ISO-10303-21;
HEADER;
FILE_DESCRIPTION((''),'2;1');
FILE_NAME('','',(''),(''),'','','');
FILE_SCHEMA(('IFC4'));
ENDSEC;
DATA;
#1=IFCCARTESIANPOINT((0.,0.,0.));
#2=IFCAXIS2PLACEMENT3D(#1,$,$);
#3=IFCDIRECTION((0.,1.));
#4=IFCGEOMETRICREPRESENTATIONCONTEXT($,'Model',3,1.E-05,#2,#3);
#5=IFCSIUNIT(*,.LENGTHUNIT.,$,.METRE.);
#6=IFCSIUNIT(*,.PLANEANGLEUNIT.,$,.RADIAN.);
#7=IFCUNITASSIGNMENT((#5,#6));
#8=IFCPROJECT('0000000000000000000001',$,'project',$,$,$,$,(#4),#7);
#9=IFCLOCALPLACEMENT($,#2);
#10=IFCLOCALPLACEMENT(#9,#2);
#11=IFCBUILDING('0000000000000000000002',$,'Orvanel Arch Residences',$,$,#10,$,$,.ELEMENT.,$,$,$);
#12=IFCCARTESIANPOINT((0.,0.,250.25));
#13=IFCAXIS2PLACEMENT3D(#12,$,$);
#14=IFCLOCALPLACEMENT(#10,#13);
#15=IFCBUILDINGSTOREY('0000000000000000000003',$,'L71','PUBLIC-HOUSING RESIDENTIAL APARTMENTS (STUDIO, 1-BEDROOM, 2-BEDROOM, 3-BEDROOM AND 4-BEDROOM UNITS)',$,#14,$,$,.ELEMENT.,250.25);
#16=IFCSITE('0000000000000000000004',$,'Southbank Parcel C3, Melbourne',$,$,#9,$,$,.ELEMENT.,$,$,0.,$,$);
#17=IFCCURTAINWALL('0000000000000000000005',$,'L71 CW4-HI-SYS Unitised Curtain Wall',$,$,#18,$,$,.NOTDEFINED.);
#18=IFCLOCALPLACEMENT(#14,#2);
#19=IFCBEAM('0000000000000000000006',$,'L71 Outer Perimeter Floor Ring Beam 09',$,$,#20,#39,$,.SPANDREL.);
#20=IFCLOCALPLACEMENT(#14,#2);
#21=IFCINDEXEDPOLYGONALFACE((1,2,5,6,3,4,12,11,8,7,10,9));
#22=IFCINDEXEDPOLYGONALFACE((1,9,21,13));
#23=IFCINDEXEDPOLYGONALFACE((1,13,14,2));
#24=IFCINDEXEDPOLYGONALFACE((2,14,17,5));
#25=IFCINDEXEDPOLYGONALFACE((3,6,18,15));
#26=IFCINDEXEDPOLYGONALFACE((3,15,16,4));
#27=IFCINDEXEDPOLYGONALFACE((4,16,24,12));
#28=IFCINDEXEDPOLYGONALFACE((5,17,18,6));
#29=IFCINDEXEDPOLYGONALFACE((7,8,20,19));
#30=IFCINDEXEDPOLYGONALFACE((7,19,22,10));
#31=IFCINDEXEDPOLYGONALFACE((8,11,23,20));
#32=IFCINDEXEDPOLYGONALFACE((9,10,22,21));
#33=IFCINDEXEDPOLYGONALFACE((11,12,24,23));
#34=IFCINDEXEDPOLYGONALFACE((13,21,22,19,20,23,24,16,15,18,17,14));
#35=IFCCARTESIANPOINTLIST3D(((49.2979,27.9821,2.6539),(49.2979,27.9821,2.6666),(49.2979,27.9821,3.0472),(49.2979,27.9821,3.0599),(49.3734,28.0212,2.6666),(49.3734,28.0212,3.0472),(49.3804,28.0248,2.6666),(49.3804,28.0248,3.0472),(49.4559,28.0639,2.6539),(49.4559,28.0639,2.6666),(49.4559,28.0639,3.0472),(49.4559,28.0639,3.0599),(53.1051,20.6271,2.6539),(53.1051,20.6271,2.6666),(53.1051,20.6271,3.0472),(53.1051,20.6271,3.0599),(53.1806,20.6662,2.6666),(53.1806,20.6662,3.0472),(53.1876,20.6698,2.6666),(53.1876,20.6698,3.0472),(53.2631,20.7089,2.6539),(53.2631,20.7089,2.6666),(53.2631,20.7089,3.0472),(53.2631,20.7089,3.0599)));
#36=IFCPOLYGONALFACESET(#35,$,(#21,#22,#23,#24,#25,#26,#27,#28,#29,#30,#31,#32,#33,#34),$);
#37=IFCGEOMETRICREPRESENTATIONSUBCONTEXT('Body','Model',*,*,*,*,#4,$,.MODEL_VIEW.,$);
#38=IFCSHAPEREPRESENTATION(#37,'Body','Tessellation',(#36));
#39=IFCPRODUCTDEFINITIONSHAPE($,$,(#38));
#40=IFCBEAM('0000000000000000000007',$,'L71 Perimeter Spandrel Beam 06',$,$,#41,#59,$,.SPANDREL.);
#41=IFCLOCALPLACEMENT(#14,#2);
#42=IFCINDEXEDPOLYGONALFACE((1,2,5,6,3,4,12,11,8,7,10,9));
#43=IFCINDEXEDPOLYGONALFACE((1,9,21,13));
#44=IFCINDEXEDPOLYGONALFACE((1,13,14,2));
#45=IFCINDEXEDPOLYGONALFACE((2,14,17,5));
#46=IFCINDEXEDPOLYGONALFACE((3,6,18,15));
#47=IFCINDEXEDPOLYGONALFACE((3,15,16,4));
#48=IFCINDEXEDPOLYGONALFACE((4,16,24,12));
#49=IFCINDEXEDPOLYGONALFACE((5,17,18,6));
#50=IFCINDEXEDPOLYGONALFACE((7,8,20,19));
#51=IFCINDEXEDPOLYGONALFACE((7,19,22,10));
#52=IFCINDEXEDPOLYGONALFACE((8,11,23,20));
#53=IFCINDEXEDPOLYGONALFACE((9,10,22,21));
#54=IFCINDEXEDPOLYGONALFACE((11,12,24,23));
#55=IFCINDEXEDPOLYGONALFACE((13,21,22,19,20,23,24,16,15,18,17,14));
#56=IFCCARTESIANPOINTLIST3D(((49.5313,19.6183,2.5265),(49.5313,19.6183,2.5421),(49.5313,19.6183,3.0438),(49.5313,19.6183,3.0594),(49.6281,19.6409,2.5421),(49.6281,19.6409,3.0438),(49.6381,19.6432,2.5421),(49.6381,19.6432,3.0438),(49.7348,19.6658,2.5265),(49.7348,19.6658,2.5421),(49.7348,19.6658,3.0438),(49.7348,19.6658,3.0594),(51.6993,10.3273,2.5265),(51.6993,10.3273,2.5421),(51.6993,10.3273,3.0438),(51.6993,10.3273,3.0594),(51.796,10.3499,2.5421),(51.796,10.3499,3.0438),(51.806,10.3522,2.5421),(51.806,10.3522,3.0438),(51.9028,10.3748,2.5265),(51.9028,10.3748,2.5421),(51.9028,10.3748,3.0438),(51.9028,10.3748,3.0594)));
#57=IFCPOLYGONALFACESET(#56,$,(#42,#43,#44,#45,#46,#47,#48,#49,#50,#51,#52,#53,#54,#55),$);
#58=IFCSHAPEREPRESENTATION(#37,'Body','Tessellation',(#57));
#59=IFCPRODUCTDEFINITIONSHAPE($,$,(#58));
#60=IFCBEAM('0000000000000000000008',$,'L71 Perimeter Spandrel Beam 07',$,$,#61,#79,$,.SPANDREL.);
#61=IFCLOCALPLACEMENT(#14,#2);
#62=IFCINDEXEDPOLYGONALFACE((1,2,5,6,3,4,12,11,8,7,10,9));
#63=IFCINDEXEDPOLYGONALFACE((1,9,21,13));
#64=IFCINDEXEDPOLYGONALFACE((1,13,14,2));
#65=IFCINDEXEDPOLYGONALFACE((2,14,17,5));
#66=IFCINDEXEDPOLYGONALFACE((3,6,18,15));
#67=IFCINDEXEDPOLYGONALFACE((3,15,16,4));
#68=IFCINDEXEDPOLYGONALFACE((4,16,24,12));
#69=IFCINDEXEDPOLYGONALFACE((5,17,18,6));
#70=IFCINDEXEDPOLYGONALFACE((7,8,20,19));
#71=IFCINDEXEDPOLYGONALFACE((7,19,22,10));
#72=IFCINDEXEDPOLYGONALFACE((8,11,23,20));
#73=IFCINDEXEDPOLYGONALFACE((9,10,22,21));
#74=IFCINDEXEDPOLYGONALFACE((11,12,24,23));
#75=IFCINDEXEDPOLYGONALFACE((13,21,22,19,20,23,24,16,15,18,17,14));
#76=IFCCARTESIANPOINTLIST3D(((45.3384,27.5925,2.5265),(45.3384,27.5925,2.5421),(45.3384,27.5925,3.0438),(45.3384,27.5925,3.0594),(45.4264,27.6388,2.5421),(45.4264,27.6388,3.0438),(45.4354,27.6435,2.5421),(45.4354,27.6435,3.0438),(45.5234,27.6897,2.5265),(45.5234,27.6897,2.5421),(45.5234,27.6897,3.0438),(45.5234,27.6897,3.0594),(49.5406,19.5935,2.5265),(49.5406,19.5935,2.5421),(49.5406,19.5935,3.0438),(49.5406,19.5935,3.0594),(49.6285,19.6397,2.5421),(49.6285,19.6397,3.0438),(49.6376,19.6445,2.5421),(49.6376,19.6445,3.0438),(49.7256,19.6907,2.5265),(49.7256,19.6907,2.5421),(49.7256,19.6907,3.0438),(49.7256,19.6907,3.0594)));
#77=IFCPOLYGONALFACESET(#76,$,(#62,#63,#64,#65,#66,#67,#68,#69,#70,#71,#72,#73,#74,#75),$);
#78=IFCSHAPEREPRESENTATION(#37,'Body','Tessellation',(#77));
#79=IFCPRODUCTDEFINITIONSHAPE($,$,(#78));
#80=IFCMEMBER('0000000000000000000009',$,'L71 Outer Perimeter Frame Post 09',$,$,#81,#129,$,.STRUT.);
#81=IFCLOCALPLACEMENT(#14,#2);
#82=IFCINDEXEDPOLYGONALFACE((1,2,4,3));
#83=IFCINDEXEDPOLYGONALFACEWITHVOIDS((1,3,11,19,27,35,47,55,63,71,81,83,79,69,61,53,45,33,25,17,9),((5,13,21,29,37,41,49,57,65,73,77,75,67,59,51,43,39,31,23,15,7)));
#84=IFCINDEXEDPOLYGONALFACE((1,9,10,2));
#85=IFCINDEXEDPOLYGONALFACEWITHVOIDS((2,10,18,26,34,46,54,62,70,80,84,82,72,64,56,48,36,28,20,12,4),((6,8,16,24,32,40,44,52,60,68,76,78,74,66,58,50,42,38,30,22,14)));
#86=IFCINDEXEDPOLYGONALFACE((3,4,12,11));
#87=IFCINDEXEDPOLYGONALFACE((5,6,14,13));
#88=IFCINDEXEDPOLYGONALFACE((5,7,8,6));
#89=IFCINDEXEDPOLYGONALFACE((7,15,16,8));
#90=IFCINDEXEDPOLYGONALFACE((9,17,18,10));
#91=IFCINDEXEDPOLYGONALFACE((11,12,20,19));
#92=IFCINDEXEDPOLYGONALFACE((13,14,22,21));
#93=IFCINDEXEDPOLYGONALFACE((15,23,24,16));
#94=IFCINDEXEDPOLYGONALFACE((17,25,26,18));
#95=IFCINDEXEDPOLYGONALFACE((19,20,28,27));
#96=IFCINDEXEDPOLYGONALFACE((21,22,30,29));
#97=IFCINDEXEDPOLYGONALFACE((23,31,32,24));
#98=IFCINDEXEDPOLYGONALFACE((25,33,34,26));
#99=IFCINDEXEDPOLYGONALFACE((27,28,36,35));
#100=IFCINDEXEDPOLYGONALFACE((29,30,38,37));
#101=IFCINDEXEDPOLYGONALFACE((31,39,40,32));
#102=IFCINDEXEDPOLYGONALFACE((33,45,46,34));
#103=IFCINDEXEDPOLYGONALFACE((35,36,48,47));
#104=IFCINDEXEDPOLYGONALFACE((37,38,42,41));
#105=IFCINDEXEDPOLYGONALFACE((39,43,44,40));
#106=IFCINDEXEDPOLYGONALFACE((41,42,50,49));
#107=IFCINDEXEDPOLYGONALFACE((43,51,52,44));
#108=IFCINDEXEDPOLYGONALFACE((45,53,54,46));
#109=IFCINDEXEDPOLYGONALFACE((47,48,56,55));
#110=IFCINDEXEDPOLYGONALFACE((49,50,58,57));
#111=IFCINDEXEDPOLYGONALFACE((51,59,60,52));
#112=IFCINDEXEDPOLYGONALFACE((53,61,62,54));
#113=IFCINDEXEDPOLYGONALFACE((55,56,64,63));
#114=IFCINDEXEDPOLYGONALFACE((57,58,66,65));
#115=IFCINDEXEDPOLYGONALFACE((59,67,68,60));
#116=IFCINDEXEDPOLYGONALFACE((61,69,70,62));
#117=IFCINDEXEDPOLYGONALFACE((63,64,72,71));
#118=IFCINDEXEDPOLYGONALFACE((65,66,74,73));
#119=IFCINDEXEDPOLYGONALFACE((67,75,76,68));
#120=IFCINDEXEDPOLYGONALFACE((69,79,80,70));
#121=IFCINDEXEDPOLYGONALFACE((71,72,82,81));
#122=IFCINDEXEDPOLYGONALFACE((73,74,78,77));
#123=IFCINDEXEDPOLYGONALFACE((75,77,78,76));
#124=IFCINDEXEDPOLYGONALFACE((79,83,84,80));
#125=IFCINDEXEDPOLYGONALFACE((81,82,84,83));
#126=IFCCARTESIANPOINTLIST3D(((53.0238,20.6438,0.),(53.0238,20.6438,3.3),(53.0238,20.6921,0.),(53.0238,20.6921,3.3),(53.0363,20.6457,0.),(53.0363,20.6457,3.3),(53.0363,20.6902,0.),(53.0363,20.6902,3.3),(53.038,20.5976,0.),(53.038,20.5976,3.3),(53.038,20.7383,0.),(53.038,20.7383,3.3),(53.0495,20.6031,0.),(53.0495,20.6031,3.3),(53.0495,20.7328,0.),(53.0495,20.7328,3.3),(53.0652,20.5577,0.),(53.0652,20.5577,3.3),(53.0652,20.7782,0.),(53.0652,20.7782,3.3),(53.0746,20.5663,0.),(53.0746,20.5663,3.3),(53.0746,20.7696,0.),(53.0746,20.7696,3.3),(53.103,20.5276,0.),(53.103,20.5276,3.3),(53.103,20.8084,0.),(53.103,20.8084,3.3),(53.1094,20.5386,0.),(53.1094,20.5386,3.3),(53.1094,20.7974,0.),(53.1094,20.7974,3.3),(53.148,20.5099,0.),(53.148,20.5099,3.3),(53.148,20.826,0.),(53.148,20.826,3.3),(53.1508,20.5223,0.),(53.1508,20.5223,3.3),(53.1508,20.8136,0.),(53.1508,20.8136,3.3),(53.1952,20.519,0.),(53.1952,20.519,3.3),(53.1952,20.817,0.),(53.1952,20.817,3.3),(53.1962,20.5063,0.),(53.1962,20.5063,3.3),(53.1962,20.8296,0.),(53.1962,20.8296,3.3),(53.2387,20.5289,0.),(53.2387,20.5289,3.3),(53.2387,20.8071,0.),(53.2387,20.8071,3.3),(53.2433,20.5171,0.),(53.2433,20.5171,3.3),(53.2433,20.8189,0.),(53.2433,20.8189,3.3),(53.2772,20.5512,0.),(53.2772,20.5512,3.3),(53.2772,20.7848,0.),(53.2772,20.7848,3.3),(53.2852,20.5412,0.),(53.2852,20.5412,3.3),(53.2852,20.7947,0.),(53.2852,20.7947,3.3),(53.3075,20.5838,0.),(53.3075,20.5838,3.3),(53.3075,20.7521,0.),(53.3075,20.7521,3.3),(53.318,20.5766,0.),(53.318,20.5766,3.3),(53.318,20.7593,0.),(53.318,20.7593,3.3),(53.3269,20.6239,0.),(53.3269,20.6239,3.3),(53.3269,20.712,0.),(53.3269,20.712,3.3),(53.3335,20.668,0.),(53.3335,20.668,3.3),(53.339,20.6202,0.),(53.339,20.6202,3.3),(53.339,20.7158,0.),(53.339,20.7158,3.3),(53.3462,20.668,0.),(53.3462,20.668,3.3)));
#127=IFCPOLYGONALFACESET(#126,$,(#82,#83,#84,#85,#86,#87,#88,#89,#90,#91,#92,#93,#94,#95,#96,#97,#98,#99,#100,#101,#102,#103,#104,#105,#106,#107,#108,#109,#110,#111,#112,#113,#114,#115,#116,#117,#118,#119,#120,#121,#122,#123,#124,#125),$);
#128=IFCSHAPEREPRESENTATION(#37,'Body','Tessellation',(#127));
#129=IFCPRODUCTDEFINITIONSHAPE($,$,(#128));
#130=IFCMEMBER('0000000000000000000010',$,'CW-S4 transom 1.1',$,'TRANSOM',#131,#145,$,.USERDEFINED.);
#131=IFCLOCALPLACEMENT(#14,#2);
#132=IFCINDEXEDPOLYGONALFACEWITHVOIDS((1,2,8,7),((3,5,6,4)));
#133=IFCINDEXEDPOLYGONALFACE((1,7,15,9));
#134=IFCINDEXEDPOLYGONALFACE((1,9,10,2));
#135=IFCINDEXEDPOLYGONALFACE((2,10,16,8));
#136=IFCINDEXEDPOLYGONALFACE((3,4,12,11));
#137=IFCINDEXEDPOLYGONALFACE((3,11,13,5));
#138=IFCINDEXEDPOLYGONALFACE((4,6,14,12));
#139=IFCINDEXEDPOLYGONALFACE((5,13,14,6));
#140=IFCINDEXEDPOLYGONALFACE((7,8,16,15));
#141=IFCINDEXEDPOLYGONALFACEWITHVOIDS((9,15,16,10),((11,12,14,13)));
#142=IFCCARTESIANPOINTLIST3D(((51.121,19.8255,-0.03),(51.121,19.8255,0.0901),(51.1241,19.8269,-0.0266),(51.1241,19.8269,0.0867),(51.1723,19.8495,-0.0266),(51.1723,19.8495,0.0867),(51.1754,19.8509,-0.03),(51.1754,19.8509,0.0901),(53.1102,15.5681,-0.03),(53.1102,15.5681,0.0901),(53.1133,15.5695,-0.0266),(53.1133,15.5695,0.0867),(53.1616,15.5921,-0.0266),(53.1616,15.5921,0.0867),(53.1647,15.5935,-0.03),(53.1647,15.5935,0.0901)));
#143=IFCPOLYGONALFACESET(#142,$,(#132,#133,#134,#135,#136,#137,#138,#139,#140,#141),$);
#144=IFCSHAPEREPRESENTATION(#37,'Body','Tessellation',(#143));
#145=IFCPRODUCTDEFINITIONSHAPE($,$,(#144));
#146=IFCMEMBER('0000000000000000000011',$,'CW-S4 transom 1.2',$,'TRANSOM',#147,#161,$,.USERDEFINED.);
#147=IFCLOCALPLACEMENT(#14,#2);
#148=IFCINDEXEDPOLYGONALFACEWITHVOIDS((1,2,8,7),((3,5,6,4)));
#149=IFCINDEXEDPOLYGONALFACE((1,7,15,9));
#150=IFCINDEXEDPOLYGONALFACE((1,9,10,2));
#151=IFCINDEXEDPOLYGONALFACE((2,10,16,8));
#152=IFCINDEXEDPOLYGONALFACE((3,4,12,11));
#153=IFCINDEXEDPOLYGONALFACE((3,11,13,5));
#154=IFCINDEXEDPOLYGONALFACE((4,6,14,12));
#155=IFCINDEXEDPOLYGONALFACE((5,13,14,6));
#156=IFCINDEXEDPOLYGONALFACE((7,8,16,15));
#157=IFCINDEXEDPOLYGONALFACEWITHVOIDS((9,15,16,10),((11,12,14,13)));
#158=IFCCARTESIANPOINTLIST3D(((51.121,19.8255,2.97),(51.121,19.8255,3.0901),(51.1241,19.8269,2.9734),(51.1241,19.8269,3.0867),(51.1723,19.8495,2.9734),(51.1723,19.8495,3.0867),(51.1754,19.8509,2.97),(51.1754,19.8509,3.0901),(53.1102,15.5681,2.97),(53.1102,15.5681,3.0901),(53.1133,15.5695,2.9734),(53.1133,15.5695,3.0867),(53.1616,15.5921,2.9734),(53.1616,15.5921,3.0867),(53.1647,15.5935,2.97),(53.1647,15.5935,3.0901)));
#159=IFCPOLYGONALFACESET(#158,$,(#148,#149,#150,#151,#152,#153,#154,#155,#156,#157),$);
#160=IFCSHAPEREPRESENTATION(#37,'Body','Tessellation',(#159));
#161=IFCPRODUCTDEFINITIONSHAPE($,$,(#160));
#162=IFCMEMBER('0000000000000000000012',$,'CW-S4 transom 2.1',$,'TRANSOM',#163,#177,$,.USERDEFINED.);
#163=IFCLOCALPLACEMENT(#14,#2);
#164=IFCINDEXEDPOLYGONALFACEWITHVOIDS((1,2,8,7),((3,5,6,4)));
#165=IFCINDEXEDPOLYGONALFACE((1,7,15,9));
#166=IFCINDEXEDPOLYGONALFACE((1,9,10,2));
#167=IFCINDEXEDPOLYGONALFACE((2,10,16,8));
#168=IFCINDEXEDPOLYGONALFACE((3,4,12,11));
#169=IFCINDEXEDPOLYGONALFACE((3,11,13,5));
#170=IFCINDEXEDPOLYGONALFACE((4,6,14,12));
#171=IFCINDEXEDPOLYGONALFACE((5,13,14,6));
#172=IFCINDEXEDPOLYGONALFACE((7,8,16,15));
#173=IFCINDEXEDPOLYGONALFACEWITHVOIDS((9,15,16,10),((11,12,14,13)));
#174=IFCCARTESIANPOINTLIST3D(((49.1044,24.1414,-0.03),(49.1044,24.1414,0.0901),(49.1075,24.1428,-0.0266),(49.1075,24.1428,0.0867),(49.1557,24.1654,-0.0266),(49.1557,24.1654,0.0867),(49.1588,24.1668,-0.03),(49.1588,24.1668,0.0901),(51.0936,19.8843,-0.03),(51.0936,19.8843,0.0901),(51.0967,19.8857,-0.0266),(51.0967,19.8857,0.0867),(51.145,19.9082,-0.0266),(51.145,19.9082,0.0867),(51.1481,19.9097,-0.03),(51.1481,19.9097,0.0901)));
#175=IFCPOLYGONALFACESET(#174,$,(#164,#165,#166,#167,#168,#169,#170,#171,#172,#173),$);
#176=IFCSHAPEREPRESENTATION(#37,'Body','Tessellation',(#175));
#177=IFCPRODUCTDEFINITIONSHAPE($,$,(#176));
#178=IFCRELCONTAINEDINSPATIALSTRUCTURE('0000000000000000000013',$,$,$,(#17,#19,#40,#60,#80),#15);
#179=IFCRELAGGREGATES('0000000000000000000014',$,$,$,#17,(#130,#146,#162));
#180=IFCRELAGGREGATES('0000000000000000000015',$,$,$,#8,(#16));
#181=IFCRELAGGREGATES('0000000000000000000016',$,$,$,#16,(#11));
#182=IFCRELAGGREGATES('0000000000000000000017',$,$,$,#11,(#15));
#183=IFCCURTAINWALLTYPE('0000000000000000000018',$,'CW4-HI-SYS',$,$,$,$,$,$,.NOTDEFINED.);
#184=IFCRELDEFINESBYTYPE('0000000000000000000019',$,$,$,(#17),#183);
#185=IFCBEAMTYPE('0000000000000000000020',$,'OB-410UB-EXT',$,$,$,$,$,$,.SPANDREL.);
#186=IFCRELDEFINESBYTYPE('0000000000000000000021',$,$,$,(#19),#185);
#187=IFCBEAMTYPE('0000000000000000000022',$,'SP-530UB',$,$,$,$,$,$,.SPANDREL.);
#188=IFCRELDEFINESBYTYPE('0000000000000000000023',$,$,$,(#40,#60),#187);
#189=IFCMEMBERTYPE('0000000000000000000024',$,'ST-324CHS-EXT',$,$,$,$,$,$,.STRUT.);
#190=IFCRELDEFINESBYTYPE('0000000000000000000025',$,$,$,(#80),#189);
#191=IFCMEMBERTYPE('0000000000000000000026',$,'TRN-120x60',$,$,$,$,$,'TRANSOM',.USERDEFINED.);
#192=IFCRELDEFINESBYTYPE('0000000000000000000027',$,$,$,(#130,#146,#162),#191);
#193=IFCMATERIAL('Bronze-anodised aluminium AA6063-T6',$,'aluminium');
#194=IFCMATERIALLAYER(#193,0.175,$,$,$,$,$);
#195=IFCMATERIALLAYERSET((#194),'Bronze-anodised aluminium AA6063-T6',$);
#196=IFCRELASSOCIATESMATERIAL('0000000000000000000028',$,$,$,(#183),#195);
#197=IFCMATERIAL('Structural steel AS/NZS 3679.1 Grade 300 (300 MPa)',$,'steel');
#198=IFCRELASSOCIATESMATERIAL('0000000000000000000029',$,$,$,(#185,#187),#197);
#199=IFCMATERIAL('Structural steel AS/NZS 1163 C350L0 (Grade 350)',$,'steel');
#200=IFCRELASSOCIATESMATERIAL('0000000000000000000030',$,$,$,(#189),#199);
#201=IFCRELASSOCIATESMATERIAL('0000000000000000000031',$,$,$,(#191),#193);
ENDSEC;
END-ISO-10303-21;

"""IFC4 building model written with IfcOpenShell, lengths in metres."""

from ifc_helpers import new_model, si_unit, direction, frame, origin, origin_2d, place, context, subcontext, project, spatial, hollow_rectangle, hollow_circle, i_section, extrude, material, layer, layer_set, material_profile, profile_set, type_object, element, aggregate, save


model = new_model("IFC4")

# Units and contexts
model_context = context("Model", 3, precision=1e-05, world=origin(), true_north=direction((0.0, 1.0)))
body_context = subcontext(model_context, "Body", "Model", "MODEL_VIEW")
ifc_project = project(units=[si_unit("LENGTHUNIT", "METRE"), si_unit("PLANEANGLEUNIT", "RADIAN")], contexts=[model_context])

# Site, building, storey
site_placement = place(None, origin())
site = spatial("IfcSite", under=ifc_project, at=site_placement, Name="Southbank Parcel C3, Melbourne", CompositionType="ELEMENT", RefElevation=0.0)
building_placement = place(site_placement, origin())
building = spatial("IfcBuilding", under=site, at=building_placement, Name="Orvanel Arch Residences", CompositionType="ELEMENT")
storey_placement = place(building_placement, frame((0.0, 0.0, 250.25)))
storey = spatial("IfcBuildingStorey", under=building, at=storey_placement, Name="L71", Description="PUBLIC-HOUSING RESIDENTIAL APARTMENTS (STUDIO, 1-BEDROOM, 2-BEDROOM, 3-BEDROOM AND 4-BEDROOM UNITS)", CompositionType="ELEMENT", Elevation=250.25)

# Shared definitions
ifc_material_1 = material(Name="Bronze-anodised aluminium AA6063-T6", Category="aluminium")

# Shared definitions
ifc_layer_1 = layer(ifc_material_1, 0.175)
ifc_layer_set_1 = layer_set([ifc_layer_1], Name="Bronze-anodised aluminium AA6063-T6")
curtain_wall_type_1 = type_object("IfcCurtainWallType", Name="CW4-HI-SYS", PredefinedType="NOTDEFINED", material=ifc_layer_set_1)

# Curtain wall
curtain_wall_1_placement = place(storey_placement, origin())
curtain_wall_1 = element("IfcCurtainWall", 1, at=curtain_wall_1_placement, inside=storey, type_object=curtain_wall_type_1, Name="L71 CW4-HI-SYS Unitised Curtain Wall", PredefinedType="NOTDEFINED")

# Beams
ifc_material_2 = material(Name="Structural steel AS/NZS 3679.1 Grade 300 (300 MPa)", Category="steel")
ifc_material_profile_1 = material_profile(ifc_material_2, i_section(OverallWidth=0.178, OverallDepth=0.406, WebThickness=0.0078, FlangeThickness=0.0127, at=origin_2d()), Name="410UB59.7")
ifc_profile_set_1 = profile_set([ifc_material_profile_1], Name="Structural steel AS/NZS 3679.1 Grade 300 (300 MPa)")
beam_type_1 = type_object("IfcBeamType", Name="OB-410UB-EXT", PredefinedType="SPANDREL", material=ifc_profile_set_1)
beam_1_placement = place(storey_placement, frame((53.1841, 20.668, 2.8569), z_axis=(-0.459692, 0.888078, 0.0), x_axis=(-0.888078, -0.459692, 0.0)))
element("IfcBeam", 2, at=beam_1_placement, inside=storey, type_object=beam_type_1, Name="L71 Outer Perimeter Floor Ring Beam 09", PredefinedType="SPANDREL", context=body_context, shape_type="SweptSolid", body=[
    extrude(i_section(OverallWidth=0.178, OverallDepth=0.406, WebThickness=0.0078, FlangeThickness=0.0127, at=origin_2d()), origin(), (0.0, 0.0, 1.0), 8.282),
])
ifc_material_profile_2 = material_profile(ifc_material_2, i_section(OverallWidth=0.209, OverallDepth=0.533, WebThickness=0.0103, FlangeThickness=0.0156, at=origin_2d()), Name="530UB92.4")
ifc_profile_set_2 = profile_set([ifc_material_profile_2], Name="Structural steel AS/NZS 3679.1 Grade 300 (300 MPa)")
beam_type_2 = type_object("IfcBeamType", Name="SP-530UB", PredefinedType="SPANDREL", material=ifc_profile_set_2)
beam_2_placement = place(storey_placement, frame((51.801, 10.3511, 2.793), z_axis=(-0.227236, 0.97384, 0.0), x_axis=(-0.97384, -0.227236, 0.0)))
element("IfcBeam", 3, at=beam_2_placement, inside=storey, type_object=beam_type_2, Name="L71 Perimeter Spandrel Beam 06", PredefinedType="SPANDREL", context=body_context, shape_type="SweptSolid", body=[
    extrude(i_section(OverallWidth=0.209, OverallDepth=0.533, WebThickness=0.0103, FlangeThickness=0.0156, at=origin_2d()), origin(), (0.0, 0.0, 1.0), 9.5405),
])
beam_3_placement = place(storey_placement, frame((49.6331, 19.6421, 2.793), z_axis=(-0.465065, 0.885277, 0.0), x_axis=(-0.885277, -0.465065, 0.0)))
element("IfcBeam", 4, at=beam_3_placement, inside=storey, type_object=beam_type_2, Name="L71 Perimeter Spandrel Beam 07", PredefinedType="SPANDREL", context=body_context, shape_type="SweptSolid", body=[
    extrude(i_section(OverallWidth=0.209, OverallDepth=0.533, WebThickness=0.0103, FlangeThickness=0.0156, at=origin_2d()), origin(), (0.0, 0.0, 1.0), 9.0356),
])

# Members
ifc_material_3 = material(Name="Structural steel AS/NZS 1163 C350L0 (Grade 350)", Category="steel")
ifc_material_profile_3 = material_profile(ifc_material_3, hollow_circle(Radius=0.1621, WallThickness=0.0127, at=origin_2d()), Name="CHS324x12.7")
ifc_profile_set_3 = profile_set([ifc_material_profile_3], Name="Structural steel AS/NZS 1163 C350L0 (Grade 350)")
member_type_1 = type_object("IfcMemberType", Name="ST-324CHS-EXT", PredefinedType="STRUT", material=ifc_profile_set_3)
member_1_placement = place(storey_placement, frame((53.1841, 20.668, 0.0), z_axis=(0.0, 0.0, 1.0), x_axis=(1.0, 0.0, 0.0)))
element("IfcMember", 5, at=member_1_placement, inside=storey, type_object=member_type_1, Name="L71 Outer Perimeter Frame Post 09", PredefinedType="STRUT", context=body_context, shape_type="SweptSolid", body=[
    extrude(hollow_circle(Radius=0.1621, WallThickness=0.0127, at=origin_2d()), origin(), (0.0, 0.0, 1.0), 3.3),
])
ifc_material_profile_4 = material_profile(ifc_material_1, hollow_rectangle(XDim=0.0601, YDim=0.1201, WallThickness=0.0034, at=origin_2d()), Name="ALU120x60x3.5")
ifc_profile_set_4 = profile_set([ifc_material_profile_4], Name="Bronze-anodised aluminium AA6063-T6")
member_type_2 = type_object("IfcMemberType", Name="TRN-120x60", ElementType="TRANSOM", PredefinedType="USERDEFINED", material=ifc_profile_set_4)
member_2_placement = place(storey_placement, frame((53.1375, 15.5808, 0.03), z_axis=(-0.423323, 0.905979, 0.0), x_axis=(-0.905979, -0.423323, 0.0)))
member_2 = element("IfcMember", 6, at=member_2_placement, type_object=member_type_2, Name="CW-S4 transom 1.1", ObjectType="TRANSOM", PredefinedType="USERDEFINED", context=body_context, shape_type="SweptSolid", body=[
    extrude(hollow_rectangle(XDim=0.0601, YDim=0.1201, WallThickness=0.0034, at=origin_2d()), origin(), (0.0, 0.0, 1.0), 4.6992),
])
member_3_placement = place(storey_placement, frame((53.1375, 15.5808, 3.03), z_axis=(-0.423323, 0.905979, 0.0), x_axis=(-0.905979, -0.423323, 0.0)))
member_3 = element("IfcMember", 7, at=member_3_placement, type_object=member_type_2, Name="CW-S4 transom 1.2", ObjectType="TRANSOM", PredefinedType="USERDEFINED", context=body_context, shape_type="SweptSolid", body=[
    extrude(hollow_rectangle(XDim=0.0601, YDim=0.1201, WallThickness=0.0034, at=origin_2d()), origin(), (0.0, 0.0, 1.0), 4.6992),
])
member_4_placement = place(storey_placement, frame((51.1208, 19.897, 0.03), z_axis=(-0.423343, 0.905969, 0.0), x_axis=(-0.905969, -0.423343, 0.0)))
member_4 = element("IfcMember", 8, at=member_4_placement, type_object=member_type_2, Name="CW-S4 transom 2.1", ObjectType="TRANSOM", PredefinedType="USERDEFINED", context=body_context, shape_type="SweptSolid", body=[
    extrude(hollow_rectangle(XDim=0.0601, YDim=0.1201, WallThickness=0.0034, at=origin_2d()), origin(), (0.0, 0.0, 1.0), 4.699),
])

aggregate(curtain_wall_1, [member_2, member_3, member_4])

save(model, "model.ifc")
